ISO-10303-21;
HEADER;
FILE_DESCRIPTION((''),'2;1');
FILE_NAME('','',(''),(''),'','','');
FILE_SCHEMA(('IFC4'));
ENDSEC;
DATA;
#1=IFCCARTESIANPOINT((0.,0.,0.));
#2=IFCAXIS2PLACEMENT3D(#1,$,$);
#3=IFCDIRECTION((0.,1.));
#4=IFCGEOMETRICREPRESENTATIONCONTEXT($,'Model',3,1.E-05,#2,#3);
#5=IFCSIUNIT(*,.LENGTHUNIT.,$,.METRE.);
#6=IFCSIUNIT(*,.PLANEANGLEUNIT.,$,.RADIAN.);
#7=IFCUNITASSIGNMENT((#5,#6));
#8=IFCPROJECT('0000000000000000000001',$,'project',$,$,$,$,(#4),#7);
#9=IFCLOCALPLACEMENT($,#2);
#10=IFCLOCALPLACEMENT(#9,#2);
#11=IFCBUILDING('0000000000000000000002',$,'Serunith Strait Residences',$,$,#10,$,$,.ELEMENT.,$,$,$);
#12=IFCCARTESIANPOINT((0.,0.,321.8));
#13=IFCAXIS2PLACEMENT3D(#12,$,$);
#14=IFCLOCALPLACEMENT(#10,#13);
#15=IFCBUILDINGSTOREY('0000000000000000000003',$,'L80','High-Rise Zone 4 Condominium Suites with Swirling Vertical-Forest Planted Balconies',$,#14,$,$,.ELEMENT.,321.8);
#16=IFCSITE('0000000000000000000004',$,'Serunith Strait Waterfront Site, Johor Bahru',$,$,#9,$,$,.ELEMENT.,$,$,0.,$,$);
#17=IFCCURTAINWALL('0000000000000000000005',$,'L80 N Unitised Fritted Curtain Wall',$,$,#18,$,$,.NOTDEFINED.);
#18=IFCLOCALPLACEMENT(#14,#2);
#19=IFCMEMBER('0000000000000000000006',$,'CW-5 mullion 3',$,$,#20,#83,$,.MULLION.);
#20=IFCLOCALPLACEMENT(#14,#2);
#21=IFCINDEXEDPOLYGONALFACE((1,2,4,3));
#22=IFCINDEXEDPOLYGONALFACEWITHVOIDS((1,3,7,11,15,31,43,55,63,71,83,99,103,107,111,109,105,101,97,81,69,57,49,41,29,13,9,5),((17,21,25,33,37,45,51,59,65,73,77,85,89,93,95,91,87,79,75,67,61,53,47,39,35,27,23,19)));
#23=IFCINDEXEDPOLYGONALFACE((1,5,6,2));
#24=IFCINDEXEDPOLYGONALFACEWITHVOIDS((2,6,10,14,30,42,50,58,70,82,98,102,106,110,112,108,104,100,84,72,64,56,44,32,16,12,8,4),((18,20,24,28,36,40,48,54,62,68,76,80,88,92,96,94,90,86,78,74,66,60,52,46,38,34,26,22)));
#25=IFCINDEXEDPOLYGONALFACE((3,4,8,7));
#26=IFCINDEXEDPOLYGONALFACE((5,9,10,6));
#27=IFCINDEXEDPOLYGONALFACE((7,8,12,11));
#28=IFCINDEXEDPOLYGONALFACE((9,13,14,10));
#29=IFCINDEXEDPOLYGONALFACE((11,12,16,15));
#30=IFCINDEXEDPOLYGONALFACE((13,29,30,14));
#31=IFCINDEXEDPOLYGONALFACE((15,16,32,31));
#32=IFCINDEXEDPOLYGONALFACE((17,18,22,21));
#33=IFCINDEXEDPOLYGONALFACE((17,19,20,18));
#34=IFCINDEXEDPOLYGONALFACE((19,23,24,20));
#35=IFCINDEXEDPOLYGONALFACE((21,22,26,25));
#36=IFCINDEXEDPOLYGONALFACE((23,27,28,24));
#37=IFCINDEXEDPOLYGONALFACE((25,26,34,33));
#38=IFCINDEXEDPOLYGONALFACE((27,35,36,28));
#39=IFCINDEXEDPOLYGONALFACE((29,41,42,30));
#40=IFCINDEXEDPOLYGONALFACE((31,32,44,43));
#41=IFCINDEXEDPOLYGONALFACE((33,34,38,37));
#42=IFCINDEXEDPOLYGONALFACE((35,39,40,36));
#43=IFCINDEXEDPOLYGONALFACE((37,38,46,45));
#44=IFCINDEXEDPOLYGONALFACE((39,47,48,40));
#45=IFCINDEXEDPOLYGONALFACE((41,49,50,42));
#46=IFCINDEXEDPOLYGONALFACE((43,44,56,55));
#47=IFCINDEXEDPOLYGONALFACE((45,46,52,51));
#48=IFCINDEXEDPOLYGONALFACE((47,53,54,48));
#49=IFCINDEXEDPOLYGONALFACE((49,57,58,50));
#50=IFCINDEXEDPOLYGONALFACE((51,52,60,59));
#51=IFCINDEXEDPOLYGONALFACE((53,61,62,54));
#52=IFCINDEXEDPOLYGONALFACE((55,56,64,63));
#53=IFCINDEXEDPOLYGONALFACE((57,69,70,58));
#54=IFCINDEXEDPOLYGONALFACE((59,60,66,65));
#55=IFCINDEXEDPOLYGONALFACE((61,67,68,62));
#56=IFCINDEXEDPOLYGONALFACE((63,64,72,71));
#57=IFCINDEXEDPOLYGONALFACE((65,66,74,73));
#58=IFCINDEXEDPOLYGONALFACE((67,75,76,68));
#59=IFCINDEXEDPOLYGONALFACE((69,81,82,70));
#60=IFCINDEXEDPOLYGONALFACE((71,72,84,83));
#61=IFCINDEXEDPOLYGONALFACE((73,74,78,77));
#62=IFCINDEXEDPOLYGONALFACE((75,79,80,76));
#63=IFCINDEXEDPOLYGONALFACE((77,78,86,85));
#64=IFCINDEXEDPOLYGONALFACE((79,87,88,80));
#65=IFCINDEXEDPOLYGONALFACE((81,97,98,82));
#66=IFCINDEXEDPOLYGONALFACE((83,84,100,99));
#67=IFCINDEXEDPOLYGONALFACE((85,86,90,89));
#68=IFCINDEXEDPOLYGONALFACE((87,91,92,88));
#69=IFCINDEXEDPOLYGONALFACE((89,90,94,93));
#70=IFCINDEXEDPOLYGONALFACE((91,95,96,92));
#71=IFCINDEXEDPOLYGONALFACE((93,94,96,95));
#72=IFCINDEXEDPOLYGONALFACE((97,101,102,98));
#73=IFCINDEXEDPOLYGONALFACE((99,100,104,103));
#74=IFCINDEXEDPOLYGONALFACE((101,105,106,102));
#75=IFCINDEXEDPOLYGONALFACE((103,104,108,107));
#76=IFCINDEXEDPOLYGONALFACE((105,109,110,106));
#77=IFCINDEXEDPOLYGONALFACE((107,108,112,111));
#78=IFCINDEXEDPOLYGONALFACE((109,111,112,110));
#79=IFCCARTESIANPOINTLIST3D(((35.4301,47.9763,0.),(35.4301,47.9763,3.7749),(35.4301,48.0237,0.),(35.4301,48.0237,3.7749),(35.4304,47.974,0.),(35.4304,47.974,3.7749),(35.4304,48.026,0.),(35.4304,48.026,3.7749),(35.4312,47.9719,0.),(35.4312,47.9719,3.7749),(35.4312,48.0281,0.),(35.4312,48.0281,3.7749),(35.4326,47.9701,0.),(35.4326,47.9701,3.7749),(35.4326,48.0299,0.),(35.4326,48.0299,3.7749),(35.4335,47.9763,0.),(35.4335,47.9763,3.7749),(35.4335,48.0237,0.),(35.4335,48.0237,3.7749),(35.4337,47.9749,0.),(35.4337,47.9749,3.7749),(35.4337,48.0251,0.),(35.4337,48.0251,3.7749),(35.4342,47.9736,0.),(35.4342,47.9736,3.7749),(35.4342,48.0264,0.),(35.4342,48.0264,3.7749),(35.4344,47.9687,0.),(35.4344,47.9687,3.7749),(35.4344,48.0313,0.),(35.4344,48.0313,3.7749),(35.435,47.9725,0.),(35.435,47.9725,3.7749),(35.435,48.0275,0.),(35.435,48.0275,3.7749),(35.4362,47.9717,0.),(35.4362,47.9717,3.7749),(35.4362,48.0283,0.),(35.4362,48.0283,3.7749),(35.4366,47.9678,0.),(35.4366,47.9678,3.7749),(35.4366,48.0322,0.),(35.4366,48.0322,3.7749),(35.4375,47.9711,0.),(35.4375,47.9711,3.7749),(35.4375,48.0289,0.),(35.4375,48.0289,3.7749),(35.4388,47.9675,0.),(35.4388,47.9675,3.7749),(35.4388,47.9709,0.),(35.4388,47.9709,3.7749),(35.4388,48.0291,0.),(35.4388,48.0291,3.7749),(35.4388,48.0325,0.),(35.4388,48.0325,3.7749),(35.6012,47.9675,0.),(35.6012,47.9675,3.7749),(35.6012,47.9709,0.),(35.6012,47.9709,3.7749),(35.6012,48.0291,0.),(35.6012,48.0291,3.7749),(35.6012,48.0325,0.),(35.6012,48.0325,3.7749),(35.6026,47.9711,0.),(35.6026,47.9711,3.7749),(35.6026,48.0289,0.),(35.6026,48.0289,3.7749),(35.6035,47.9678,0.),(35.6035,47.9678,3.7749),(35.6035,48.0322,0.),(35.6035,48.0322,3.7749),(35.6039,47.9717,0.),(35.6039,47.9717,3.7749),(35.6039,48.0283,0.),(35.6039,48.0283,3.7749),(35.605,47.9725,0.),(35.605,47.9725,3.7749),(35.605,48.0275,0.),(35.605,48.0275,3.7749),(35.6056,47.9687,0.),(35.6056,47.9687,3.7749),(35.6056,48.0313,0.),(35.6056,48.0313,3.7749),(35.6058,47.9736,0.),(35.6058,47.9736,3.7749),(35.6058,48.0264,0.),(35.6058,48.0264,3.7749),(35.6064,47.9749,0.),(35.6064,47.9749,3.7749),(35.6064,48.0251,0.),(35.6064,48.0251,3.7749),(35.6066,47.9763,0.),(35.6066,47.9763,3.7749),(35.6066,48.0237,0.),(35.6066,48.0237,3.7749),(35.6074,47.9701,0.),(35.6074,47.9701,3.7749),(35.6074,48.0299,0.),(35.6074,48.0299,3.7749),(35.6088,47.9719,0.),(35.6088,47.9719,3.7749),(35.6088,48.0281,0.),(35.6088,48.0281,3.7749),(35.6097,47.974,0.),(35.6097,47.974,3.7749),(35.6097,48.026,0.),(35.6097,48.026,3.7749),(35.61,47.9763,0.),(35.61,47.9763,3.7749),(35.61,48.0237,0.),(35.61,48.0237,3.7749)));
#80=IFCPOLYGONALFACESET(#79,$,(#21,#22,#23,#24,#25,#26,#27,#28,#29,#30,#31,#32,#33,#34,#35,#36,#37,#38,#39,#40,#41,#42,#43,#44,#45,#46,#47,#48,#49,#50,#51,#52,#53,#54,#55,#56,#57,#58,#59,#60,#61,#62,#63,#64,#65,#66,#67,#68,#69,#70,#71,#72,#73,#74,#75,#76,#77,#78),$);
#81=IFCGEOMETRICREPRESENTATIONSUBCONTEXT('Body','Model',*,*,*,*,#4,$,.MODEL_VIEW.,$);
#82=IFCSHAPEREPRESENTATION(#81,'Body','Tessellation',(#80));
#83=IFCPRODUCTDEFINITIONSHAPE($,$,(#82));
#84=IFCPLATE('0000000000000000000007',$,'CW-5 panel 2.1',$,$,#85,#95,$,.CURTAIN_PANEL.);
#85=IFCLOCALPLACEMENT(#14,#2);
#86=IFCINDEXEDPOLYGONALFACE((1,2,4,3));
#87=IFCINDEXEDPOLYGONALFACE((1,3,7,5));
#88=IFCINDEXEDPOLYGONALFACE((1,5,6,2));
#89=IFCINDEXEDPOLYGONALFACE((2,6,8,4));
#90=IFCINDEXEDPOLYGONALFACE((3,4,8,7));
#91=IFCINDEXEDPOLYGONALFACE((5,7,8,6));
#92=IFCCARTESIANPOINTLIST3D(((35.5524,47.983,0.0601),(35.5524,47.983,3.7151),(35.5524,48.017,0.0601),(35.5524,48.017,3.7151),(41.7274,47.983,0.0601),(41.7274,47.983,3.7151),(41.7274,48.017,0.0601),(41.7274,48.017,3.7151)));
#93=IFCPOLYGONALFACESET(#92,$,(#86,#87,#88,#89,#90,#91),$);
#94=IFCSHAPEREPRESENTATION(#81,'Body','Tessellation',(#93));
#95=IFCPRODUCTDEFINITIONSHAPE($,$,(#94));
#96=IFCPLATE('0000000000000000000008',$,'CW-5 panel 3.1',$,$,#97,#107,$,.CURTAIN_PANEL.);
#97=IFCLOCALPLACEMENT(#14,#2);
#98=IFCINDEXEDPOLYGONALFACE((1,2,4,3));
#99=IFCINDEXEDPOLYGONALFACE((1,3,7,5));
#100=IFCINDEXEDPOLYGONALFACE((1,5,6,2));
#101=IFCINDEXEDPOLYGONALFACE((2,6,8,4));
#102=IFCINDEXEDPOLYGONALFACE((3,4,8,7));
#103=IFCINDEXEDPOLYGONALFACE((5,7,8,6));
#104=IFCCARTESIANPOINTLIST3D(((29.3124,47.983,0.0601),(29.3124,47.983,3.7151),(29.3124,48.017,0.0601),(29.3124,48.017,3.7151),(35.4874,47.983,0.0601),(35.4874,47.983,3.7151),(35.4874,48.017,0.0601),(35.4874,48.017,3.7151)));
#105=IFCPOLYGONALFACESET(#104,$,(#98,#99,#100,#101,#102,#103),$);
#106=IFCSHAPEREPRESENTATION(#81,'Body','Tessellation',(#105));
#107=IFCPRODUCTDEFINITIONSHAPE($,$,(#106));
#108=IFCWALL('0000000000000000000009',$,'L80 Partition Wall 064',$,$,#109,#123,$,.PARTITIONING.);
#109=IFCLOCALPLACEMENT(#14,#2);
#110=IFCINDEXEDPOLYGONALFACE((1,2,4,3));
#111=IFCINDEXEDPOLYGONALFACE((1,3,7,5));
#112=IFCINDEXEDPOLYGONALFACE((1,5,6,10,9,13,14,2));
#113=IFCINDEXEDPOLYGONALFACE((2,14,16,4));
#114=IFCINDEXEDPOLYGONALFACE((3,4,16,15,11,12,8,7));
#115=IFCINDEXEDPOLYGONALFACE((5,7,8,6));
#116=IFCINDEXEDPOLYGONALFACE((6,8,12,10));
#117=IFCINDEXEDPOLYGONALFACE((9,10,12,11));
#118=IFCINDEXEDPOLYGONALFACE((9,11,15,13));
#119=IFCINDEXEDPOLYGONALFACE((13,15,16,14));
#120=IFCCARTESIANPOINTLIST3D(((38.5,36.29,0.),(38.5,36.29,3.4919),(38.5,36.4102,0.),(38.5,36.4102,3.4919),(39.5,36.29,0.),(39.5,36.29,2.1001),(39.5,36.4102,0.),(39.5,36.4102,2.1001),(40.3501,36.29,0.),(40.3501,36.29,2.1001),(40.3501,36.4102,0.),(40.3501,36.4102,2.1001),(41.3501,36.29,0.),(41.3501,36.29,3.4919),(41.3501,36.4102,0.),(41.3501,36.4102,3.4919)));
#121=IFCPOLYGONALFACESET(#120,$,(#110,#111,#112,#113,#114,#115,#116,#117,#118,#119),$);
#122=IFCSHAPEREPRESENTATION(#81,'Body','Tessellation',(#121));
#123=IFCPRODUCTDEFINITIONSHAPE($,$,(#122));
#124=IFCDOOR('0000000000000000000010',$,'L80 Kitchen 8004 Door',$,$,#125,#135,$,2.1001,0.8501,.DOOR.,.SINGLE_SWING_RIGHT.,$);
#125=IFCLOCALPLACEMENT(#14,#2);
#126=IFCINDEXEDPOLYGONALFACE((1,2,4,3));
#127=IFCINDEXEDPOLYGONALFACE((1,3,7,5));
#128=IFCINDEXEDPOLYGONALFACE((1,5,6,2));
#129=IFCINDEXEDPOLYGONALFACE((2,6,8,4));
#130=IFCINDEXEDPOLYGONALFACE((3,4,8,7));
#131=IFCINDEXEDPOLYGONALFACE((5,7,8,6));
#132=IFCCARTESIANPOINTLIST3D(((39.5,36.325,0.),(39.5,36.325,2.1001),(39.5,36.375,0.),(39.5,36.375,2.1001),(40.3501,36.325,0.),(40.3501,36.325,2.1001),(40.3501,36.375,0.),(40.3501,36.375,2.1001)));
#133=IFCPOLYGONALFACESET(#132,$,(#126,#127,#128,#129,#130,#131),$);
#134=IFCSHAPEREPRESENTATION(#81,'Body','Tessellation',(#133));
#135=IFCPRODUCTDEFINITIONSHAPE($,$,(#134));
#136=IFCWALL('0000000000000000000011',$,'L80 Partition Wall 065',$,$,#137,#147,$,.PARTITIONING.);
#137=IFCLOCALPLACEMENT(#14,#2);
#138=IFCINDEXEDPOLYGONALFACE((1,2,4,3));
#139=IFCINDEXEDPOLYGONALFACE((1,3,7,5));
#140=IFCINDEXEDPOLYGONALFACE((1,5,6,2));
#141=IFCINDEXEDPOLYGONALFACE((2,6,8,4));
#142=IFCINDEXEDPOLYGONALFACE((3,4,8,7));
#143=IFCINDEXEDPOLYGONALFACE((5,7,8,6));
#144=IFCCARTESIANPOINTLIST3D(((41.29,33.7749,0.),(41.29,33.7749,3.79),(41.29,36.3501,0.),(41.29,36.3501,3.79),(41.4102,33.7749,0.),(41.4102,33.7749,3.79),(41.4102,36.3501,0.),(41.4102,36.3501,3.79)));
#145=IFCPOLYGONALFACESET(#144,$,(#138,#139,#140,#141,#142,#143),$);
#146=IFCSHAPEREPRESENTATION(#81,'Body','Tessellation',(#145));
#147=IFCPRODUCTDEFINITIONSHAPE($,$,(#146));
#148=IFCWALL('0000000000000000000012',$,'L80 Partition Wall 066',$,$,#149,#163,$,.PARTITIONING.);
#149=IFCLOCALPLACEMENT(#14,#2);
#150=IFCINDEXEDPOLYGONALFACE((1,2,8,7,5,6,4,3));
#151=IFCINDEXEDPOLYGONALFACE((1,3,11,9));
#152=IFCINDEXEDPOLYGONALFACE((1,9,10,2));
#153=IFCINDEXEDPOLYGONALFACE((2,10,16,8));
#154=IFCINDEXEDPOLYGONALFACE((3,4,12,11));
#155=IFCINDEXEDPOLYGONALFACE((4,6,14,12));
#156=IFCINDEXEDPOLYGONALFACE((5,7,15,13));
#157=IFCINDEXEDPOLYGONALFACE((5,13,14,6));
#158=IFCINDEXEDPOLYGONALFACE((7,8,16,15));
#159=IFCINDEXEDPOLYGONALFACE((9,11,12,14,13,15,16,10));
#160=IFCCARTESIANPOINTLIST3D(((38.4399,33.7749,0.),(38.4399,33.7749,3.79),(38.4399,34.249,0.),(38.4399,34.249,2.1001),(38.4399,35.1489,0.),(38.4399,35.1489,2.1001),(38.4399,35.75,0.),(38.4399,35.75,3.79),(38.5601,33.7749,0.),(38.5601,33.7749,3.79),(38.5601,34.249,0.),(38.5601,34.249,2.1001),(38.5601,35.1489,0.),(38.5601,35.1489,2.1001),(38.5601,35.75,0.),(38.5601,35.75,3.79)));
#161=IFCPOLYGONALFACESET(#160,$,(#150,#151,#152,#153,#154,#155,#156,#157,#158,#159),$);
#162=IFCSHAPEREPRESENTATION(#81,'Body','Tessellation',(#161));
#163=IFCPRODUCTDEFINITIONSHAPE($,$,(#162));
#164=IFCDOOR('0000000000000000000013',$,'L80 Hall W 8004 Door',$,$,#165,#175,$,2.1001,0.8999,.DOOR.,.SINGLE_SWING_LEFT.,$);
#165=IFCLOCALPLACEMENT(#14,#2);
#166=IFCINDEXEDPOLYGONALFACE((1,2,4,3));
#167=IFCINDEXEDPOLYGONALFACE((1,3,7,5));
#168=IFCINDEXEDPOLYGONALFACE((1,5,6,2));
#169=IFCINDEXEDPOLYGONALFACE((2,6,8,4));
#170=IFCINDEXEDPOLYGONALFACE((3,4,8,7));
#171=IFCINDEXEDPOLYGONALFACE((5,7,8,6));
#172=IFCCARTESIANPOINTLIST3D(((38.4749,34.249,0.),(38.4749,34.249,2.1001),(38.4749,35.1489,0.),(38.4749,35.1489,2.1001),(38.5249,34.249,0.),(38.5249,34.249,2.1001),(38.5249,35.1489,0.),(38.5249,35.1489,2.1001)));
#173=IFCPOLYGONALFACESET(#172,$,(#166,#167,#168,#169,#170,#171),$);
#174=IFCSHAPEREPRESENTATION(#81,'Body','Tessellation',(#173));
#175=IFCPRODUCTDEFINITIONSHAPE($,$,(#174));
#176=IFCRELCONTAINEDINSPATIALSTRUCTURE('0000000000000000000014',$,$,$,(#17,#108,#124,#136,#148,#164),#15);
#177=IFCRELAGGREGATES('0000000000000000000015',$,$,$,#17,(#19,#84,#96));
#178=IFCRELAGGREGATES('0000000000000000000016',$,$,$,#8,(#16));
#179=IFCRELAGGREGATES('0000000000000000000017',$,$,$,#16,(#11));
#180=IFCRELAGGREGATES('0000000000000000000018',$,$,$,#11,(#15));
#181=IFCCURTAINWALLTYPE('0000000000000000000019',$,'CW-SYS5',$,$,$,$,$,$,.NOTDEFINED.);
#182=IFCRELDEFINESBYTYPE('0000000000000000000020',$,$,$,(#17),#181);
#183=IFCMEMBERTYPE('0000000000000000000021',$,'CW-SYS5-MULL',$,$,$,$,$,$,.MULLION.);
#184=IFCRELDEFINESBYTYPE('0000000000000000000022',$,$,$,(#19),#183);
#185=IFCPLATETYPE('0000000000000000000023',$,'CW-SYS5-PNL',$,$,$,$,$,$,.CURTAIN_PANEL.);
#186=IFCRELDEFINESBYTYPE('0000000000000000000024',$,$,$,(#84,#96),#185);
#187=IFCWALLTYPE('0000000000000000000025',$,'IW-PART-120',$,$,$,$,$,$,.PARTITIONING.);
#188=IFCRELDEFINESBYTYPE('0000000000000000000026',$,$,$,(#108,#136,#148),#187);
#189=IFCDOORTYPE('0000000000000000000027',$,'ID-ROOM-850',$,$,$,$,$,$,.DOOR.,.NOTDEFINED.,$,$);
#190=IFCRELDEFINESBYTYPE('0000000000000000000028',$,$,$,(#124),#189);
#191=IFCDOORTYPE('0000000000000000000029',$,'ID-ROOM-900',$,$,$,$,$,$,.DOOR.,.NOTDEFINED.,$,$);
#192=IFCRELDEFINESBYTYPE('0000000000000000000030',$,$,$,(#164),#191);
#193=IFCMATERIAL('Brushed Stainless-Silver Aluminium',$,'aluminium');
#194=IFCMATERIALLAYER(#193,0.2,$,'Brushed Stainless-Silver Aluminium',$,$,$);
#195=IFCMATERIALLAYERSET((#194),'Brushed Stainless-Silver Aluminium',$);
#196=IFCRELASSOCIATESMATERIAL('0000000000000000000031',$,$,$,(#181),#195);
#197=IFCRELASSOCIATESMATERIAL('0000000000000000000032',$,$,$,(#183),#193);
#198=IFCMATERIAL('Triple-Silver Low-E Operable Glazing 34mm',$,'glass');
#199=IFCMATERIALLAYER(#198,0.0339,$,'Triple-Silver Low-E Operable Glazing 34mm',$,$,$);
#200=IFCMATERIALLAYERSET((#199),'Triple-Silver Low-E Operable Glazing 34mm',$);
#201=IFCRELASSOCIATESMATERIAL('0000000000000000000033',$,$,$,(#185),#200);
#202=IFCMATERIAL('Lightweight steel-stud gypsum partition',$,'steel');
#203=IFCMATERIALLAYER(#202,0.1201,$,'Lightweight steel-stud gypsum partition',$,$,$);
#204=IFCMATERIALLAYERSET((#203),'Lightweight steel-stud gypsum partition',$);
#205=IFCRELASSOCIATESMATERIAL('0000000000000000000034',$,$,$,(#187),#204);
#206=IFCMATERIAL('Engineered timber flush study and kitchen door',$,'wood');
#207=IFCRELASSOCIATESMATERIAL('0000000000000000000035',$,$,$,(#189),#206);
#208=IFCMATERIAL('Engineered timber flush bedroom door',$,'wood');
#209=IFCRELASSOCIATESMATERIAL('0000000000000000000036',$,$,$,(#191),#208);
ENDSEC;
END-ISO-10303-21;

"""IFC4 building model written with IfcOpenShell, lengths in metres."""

from ifc_helpers import new_model, si_unit, direction, frame, frame_2d, origin, origin_2d, place, context, subcontext, project, spatial, rectangle, hollow_rectangle, extrude, source, transform, mapped, material, layer, layer_set, material_profile, profile_set, type_object, element, fill, aggregate, save


model = new_model("IFC4")

# Units and contexts
model_context = context("Model", 3, precision=1e-05, world=origin(), true_north=direction((0.0, 1.0)))
body_context = subcontext(model_context, "Body", "Model", "MODEL_VIEW")
ifc_project = project(units=[si_unit("LENGTHUNIT", "METRE"), si_unit("PLANEANGLEUNIT", "RADIAN")], contexts=[model_context])

# Site, building, storey
site_placement = place(None, origin())
site = spatial("IfcSite", under=ifc_project, at=site_placement, Name="Serunith Strait Waterfront Site, Johor Bahru", CompositionType="ELEMENT", RefElevation=0.0)
building_placement = place(site_placement, origin())
building = spatial("IfcBuilding", under=site, at=building_placement, Name="Serunith Strait Residences", CompositionType="ELEMENT")
storey_placement = place(building_placement, frame((0.0, 0.0, 321.8)))
storey = spatial("IfcBuildingStorey", under=building, at=storey_placement, Name="L80", Description="High-Rise Zone 4 Condominium Suites with Swirling Vertical-Forest Planted Balconies", CompositionType="ELEMENT", Elevation=321.8)

# Curtain wall, member, plates
ifc_material_1 = material(Name="Brushed Stainless-Silver Aluminium", Category="aluminium")
ifc_layer_1 = layer(ifc_material_1, 0.2, Name="Brushed Stainless-Silver Aluminium")
ifc_layer_set_1 = layer_set([ifc_layer_1], Name="Brushed Stainless-Silver Aluminium")
curtain_wall_type = type_object("IfcCurtainWallType", Name="CW-SYS5", PredefinedType="NOTDEFINED", material=ifc_layer_set_1)
curtain_wall_placement = place(storey_placement, origin())
curtain_wall = element("IfcCurtainWall", 1, at=curtain_wall_placement, inside=storey, type_object=curtain_wall_type, Name="L80 N Unitised Fritted Curtain Wall", PredefinedType="NOTDEFINED")
ifc_material_profile_1 = material_profile(ifc_material_1, hollow_rectangle(XDim=0.0649, YDim=0.1799, WallThickness=0.0034, InnerFilletRadius=0.0054, OuterFilletRadius=0.0088, at=origin_2d()), Name="ALU 180x65x3.5")
ifc_profile_set_1 = profile_set([ifc_material_profile_1], Name="Brushed Stainless-Silver Aluminium")
member_type_1 = type_object("IfcMemberType", Name="CW-SYS5-MULL", PredefinedType="MULLION", material=ifc_profile_set_1)
shared_shape_1 = source(origin(), body_context, "Body", "SweptSolid", [
    extrude(hollow_rectangle(XDim=0.0649, YDim=0.1799, WallThickness=0.0034, InnerFilletRadius=0.0054, OuterFilletRadius=0.0088, at=origin_2d()), origin(), (0.0, 0.0, 1.0), 3.7749),
])
member_1_placement = place(storey_placement, frame((35.52, 48.0, 0.0), z_axis=(0.0, 0.0, 1.0), x_axis=(0.0, -1.0, 0.0)))
member_1 = element("IfcMember", 2, at=member_1_placement, type_object=member_type_1, Name="CW-5 mullion 3", PredefinedType="MULLION", context=body_context, shape_type="MappedRepresentation", body=[
    mapped(shared_shape_1, transform((0.0, 0.0, 0.0), scale=1.0)),
])
ifc_material_2 = material(Name="Triple-Silver Low-E Operable Glazing 34mm", Category="glass")
ifc_layer_2 = layer(ifc_material_2, 0.0339, Name="Triple-Silver Low-E Operable Glazing 34mm")
ifc_layer_set_2 = layer_set([ifc_layer_2], Name="Triple-Silver Low-E Operable Glazing 34mm")
plate_type = type_object("IfcPlateType", Name="CW-SYS5-PNL", PredefinedType="CURTAIN_PANEL", material=ifc_layer_set_2)
shared_shape_2 = source(origin(), body_context, "Body", "SweptSolid", [
    extrude(rectangle(XDim=6.175, YDim=0.0339, at=origin_2d()), origin(), (0.0, 0.0, 1.0), 3.655),
])
plate_1_placement = place(storey_placement, frame((38.6399, 48.0, 0.0601), z_axis=(0.0, 0.0, 1.0), x_axis=(-1.0, 0.0, 0.0)))
plate_1 = element("IfcPlate", 3, at=plate_1_placement, type_object=plate_type, Name="CW-5 panel 2.1", PredefinedType="CURTAIN_PANEL", context=body_context, shape_type="MappedRepresentation", body=[
    mapped(shared_shape_2, transform((0.0, 0.0, 0.0), scale=1.0)),
])
plate_2_placement = place(storey_placement, frame((32.3999, 48.0, 0.0601), z_axis=(0.0, 0.0, 1.0), x_axis=(-1.0, 0.0, 0.0)))
plate_2 = element("IfcPlate", 4, at=plate_2_placement, type_object=plate_type, Name="CW-5 panel 3.1", PredefinedType="CURTAIN_PANEL", context=body_context, shape_type="MappedRepresentation", body=[
    mapped(shared_shape_2, transform((0.0, 0.0, 0.0), scale=1.0)),
])
aggregate(curtain_wall, [member_1, plate_1, plate_2])

# Wall, opening, door
ifc_material_3 = material(Name="Lightweight steel-stud gypsum partition", Category="steel")
ifc_layer_3 = layer(ifc_material_3, 0.1201, Name="Lightweight steel-stud gypsum partition")
ifc_layer_set_3 = layer_set([ifc_layer_3], Name="Lightweight steel-stud gypsum partition")
wall_type = type_object("IfcWallType", Name="IW-PART-120", PredefinedType="PARTITIONING", material=ifc_layer_set_3)
wall_1_placement = place(storey_placement, frame((38.5, 36.3501, 0.0), z_axis=(0.0, 0.0, 1.0), x_axis=(1.0, 0.0, 0.0)))
wall_1 = element("IfcWall", 5, at=wall_1_placement, inside=storey, type_object=wall_type, Name="L80 Partition Wall 064", PredefinedType="PARTITIONING", context=body_context, shape_type="SweptSolid", body=[
    extrude(rectangle(XDim=2.8501, YDim=0.1201, at=frame_2d((1.425, 0.0))), origin(), (0.0, 0.0, 1.0), 3.4919),
])
opening_1_placement = place(wall_1_placement, frame((1.0, 0.0, 0.0)))
opening_1 = element("IfcOpeningElement", 6, at=opening_1_placement, cuts=wall_1, PredefinedType="OPENING", context=body_context, shape_type="SweptSolid", body=[
    extrude(rectangle(XDim=0.8501, YDim=2.1001, at=frame_2d((0.425, 1.05))), frame((0.0, 0.0701, 0.0), z_axis=(0.0, -1.0, 0.0), x_axis=(1.0, 0.0, 0.0)), (0.0, 0.0, 1.0), 0.1401),
])
ifc_material_4 = material(Name="Engineered timber flush study and kitchen door", Category="wood")
door_type_1 = type_object("IfcDoorType", Name="ID-ROOM-850", OperationType="NOTDEFINED", PredefinedType="DOOR", material=ifc_material_4)
shared_shape_3 = source(origin(), body_context, "Body", "SweptSolid", [
    extrude(rectangle(XDim=0.8501, YDim=2.1001, at=frame_2d((0.425, 1.05))), frame((0.0, 0.0249, 0.0), z_axis=(0.0, -1.0, 0.0), x_axis=(1.0, 0.0, 0.0)), (0.0, 0.0, 1.0), 0.05),
])
door_1_placement = place(opening_1_placement, origin())
door_1 = element("IfcDoor", 7, at=door_1_placement, inside=storey, type_object=door_type_1, Name="L80 Kitchen 8004 Door", OperationType="SINGLE_SWING_RIGHT", OverallHeight=2.1001, OverallWidth=0.8501, PredefinedType="DOOR", context=body_context, shape_type="MappedRepresentation", body=[
    mapped(shared_shape_3, transform((0.0, 0.0, 0.0), scale=1.0)),
])
fill(opening_1, door_1)

# Wall
wall_2_placement = place(storey_placement, frame((41.3501, 36.3501, 0.0), z_axis=(0.0, 0.0, 1.0), x_axis=(0.0, -1.0, 0.0)))
element("IfcWall", 8, at=wall_2_placement, inside=storey, type_object=wall_type, Name="L80 Partition Wall 065", PredefinedType="PARTITIONING", context=body_context, shape_type="SweptSolid", body=[
    extrude(rectangle(XDim=2.5752, YDim=0.1201, at=frame_2d((1.2876, 0.0))), origin(), (0.0, 0.0, 1.0), 3.79),
])

# Wall, opening, door
wall_3_placement = place(storey_placement, frame((38.5, 35.75, 0.0), z_axis=(0.0, 0.0, 1.0), x_axis=(0.0, -1.0, 0.0)))
wall_3 = element("IfcWall", 9, at=wall_3_placement, inside=storey, type_object=wall_type, Name="L80 Partition Wall 066", PredefinedType="PARTITIONING", context=body_context, shape_type="SweptSolid", body=[
    extrude(rectangle(XDim=1.9751, YDim=0.1201, at=frame_2d((0.9875, 0.0))), origin(), (0.0, 0.0, 1.0), 3.79),
])
opening_2_placement = place(wall_3_placement, frame((0.6011, 0.0, 0.0)))
opening_2 = element("IfcOpeningElement", 10, at=opening_2_placement, cuts=wall_3, PredefinedType="OPENING", context=body_context, shape_type="SweptSolid", body=[
    extrude(rectangle(XDim=0.8999, YDim=2.1001, at=frame_2d((0.45, 1.05))), frame((0.0, 0.0701, 0.0), z_axis=(0.0, -1.0, 0.0), x_axis=(1.0, 0.0, 0.0)), (0.0, 0.0, 1.0), 0.1401),
])
ifc_material_5 = material(Name="Engineered timber flush bedroom door", Category="wood")
door_type_2 = type_object("IfcDoorType", Name="ID-ROOM-900", OperationType="NOTDEFINED", PredefinedType="DOOR", material=ifc_material_5)
shared_shape_4 = source(origin(), body_context, "Body", "SweptSolid", [
    extrude(rectangle(XDim=0.8999, YDim=2.1001, at=frame_2d((0.45, 1.05))), frame((0.0, 0.0249, 0.0), z_axis=(0.0, -1.0, 0.0), x_axis=(1.0, 0.0, 0.0)), (0.0, 0.0, 1.0), 0.05),
])
door_2_placement = place(opening_2_placement, origin())
door_2 = element("IfcDoor", 11, at=door_2_placement, inside=storey, type_object=door_type_2, Name="L80 Hall W 8004 Door", OperationType="SINGLE_SWING_LEFT", OverallHeight=2.1001, OverallWidth=0.8999, PredefinedType="DOOR", context=body_context, shape_type="MappedRepresentation", body=[
    mapped(shared_shape_4, transform((0.0, 0.0, 0.0), scale=1.0)),
])
fill(opening_2, door_2)

save(model, "model.ifc")
